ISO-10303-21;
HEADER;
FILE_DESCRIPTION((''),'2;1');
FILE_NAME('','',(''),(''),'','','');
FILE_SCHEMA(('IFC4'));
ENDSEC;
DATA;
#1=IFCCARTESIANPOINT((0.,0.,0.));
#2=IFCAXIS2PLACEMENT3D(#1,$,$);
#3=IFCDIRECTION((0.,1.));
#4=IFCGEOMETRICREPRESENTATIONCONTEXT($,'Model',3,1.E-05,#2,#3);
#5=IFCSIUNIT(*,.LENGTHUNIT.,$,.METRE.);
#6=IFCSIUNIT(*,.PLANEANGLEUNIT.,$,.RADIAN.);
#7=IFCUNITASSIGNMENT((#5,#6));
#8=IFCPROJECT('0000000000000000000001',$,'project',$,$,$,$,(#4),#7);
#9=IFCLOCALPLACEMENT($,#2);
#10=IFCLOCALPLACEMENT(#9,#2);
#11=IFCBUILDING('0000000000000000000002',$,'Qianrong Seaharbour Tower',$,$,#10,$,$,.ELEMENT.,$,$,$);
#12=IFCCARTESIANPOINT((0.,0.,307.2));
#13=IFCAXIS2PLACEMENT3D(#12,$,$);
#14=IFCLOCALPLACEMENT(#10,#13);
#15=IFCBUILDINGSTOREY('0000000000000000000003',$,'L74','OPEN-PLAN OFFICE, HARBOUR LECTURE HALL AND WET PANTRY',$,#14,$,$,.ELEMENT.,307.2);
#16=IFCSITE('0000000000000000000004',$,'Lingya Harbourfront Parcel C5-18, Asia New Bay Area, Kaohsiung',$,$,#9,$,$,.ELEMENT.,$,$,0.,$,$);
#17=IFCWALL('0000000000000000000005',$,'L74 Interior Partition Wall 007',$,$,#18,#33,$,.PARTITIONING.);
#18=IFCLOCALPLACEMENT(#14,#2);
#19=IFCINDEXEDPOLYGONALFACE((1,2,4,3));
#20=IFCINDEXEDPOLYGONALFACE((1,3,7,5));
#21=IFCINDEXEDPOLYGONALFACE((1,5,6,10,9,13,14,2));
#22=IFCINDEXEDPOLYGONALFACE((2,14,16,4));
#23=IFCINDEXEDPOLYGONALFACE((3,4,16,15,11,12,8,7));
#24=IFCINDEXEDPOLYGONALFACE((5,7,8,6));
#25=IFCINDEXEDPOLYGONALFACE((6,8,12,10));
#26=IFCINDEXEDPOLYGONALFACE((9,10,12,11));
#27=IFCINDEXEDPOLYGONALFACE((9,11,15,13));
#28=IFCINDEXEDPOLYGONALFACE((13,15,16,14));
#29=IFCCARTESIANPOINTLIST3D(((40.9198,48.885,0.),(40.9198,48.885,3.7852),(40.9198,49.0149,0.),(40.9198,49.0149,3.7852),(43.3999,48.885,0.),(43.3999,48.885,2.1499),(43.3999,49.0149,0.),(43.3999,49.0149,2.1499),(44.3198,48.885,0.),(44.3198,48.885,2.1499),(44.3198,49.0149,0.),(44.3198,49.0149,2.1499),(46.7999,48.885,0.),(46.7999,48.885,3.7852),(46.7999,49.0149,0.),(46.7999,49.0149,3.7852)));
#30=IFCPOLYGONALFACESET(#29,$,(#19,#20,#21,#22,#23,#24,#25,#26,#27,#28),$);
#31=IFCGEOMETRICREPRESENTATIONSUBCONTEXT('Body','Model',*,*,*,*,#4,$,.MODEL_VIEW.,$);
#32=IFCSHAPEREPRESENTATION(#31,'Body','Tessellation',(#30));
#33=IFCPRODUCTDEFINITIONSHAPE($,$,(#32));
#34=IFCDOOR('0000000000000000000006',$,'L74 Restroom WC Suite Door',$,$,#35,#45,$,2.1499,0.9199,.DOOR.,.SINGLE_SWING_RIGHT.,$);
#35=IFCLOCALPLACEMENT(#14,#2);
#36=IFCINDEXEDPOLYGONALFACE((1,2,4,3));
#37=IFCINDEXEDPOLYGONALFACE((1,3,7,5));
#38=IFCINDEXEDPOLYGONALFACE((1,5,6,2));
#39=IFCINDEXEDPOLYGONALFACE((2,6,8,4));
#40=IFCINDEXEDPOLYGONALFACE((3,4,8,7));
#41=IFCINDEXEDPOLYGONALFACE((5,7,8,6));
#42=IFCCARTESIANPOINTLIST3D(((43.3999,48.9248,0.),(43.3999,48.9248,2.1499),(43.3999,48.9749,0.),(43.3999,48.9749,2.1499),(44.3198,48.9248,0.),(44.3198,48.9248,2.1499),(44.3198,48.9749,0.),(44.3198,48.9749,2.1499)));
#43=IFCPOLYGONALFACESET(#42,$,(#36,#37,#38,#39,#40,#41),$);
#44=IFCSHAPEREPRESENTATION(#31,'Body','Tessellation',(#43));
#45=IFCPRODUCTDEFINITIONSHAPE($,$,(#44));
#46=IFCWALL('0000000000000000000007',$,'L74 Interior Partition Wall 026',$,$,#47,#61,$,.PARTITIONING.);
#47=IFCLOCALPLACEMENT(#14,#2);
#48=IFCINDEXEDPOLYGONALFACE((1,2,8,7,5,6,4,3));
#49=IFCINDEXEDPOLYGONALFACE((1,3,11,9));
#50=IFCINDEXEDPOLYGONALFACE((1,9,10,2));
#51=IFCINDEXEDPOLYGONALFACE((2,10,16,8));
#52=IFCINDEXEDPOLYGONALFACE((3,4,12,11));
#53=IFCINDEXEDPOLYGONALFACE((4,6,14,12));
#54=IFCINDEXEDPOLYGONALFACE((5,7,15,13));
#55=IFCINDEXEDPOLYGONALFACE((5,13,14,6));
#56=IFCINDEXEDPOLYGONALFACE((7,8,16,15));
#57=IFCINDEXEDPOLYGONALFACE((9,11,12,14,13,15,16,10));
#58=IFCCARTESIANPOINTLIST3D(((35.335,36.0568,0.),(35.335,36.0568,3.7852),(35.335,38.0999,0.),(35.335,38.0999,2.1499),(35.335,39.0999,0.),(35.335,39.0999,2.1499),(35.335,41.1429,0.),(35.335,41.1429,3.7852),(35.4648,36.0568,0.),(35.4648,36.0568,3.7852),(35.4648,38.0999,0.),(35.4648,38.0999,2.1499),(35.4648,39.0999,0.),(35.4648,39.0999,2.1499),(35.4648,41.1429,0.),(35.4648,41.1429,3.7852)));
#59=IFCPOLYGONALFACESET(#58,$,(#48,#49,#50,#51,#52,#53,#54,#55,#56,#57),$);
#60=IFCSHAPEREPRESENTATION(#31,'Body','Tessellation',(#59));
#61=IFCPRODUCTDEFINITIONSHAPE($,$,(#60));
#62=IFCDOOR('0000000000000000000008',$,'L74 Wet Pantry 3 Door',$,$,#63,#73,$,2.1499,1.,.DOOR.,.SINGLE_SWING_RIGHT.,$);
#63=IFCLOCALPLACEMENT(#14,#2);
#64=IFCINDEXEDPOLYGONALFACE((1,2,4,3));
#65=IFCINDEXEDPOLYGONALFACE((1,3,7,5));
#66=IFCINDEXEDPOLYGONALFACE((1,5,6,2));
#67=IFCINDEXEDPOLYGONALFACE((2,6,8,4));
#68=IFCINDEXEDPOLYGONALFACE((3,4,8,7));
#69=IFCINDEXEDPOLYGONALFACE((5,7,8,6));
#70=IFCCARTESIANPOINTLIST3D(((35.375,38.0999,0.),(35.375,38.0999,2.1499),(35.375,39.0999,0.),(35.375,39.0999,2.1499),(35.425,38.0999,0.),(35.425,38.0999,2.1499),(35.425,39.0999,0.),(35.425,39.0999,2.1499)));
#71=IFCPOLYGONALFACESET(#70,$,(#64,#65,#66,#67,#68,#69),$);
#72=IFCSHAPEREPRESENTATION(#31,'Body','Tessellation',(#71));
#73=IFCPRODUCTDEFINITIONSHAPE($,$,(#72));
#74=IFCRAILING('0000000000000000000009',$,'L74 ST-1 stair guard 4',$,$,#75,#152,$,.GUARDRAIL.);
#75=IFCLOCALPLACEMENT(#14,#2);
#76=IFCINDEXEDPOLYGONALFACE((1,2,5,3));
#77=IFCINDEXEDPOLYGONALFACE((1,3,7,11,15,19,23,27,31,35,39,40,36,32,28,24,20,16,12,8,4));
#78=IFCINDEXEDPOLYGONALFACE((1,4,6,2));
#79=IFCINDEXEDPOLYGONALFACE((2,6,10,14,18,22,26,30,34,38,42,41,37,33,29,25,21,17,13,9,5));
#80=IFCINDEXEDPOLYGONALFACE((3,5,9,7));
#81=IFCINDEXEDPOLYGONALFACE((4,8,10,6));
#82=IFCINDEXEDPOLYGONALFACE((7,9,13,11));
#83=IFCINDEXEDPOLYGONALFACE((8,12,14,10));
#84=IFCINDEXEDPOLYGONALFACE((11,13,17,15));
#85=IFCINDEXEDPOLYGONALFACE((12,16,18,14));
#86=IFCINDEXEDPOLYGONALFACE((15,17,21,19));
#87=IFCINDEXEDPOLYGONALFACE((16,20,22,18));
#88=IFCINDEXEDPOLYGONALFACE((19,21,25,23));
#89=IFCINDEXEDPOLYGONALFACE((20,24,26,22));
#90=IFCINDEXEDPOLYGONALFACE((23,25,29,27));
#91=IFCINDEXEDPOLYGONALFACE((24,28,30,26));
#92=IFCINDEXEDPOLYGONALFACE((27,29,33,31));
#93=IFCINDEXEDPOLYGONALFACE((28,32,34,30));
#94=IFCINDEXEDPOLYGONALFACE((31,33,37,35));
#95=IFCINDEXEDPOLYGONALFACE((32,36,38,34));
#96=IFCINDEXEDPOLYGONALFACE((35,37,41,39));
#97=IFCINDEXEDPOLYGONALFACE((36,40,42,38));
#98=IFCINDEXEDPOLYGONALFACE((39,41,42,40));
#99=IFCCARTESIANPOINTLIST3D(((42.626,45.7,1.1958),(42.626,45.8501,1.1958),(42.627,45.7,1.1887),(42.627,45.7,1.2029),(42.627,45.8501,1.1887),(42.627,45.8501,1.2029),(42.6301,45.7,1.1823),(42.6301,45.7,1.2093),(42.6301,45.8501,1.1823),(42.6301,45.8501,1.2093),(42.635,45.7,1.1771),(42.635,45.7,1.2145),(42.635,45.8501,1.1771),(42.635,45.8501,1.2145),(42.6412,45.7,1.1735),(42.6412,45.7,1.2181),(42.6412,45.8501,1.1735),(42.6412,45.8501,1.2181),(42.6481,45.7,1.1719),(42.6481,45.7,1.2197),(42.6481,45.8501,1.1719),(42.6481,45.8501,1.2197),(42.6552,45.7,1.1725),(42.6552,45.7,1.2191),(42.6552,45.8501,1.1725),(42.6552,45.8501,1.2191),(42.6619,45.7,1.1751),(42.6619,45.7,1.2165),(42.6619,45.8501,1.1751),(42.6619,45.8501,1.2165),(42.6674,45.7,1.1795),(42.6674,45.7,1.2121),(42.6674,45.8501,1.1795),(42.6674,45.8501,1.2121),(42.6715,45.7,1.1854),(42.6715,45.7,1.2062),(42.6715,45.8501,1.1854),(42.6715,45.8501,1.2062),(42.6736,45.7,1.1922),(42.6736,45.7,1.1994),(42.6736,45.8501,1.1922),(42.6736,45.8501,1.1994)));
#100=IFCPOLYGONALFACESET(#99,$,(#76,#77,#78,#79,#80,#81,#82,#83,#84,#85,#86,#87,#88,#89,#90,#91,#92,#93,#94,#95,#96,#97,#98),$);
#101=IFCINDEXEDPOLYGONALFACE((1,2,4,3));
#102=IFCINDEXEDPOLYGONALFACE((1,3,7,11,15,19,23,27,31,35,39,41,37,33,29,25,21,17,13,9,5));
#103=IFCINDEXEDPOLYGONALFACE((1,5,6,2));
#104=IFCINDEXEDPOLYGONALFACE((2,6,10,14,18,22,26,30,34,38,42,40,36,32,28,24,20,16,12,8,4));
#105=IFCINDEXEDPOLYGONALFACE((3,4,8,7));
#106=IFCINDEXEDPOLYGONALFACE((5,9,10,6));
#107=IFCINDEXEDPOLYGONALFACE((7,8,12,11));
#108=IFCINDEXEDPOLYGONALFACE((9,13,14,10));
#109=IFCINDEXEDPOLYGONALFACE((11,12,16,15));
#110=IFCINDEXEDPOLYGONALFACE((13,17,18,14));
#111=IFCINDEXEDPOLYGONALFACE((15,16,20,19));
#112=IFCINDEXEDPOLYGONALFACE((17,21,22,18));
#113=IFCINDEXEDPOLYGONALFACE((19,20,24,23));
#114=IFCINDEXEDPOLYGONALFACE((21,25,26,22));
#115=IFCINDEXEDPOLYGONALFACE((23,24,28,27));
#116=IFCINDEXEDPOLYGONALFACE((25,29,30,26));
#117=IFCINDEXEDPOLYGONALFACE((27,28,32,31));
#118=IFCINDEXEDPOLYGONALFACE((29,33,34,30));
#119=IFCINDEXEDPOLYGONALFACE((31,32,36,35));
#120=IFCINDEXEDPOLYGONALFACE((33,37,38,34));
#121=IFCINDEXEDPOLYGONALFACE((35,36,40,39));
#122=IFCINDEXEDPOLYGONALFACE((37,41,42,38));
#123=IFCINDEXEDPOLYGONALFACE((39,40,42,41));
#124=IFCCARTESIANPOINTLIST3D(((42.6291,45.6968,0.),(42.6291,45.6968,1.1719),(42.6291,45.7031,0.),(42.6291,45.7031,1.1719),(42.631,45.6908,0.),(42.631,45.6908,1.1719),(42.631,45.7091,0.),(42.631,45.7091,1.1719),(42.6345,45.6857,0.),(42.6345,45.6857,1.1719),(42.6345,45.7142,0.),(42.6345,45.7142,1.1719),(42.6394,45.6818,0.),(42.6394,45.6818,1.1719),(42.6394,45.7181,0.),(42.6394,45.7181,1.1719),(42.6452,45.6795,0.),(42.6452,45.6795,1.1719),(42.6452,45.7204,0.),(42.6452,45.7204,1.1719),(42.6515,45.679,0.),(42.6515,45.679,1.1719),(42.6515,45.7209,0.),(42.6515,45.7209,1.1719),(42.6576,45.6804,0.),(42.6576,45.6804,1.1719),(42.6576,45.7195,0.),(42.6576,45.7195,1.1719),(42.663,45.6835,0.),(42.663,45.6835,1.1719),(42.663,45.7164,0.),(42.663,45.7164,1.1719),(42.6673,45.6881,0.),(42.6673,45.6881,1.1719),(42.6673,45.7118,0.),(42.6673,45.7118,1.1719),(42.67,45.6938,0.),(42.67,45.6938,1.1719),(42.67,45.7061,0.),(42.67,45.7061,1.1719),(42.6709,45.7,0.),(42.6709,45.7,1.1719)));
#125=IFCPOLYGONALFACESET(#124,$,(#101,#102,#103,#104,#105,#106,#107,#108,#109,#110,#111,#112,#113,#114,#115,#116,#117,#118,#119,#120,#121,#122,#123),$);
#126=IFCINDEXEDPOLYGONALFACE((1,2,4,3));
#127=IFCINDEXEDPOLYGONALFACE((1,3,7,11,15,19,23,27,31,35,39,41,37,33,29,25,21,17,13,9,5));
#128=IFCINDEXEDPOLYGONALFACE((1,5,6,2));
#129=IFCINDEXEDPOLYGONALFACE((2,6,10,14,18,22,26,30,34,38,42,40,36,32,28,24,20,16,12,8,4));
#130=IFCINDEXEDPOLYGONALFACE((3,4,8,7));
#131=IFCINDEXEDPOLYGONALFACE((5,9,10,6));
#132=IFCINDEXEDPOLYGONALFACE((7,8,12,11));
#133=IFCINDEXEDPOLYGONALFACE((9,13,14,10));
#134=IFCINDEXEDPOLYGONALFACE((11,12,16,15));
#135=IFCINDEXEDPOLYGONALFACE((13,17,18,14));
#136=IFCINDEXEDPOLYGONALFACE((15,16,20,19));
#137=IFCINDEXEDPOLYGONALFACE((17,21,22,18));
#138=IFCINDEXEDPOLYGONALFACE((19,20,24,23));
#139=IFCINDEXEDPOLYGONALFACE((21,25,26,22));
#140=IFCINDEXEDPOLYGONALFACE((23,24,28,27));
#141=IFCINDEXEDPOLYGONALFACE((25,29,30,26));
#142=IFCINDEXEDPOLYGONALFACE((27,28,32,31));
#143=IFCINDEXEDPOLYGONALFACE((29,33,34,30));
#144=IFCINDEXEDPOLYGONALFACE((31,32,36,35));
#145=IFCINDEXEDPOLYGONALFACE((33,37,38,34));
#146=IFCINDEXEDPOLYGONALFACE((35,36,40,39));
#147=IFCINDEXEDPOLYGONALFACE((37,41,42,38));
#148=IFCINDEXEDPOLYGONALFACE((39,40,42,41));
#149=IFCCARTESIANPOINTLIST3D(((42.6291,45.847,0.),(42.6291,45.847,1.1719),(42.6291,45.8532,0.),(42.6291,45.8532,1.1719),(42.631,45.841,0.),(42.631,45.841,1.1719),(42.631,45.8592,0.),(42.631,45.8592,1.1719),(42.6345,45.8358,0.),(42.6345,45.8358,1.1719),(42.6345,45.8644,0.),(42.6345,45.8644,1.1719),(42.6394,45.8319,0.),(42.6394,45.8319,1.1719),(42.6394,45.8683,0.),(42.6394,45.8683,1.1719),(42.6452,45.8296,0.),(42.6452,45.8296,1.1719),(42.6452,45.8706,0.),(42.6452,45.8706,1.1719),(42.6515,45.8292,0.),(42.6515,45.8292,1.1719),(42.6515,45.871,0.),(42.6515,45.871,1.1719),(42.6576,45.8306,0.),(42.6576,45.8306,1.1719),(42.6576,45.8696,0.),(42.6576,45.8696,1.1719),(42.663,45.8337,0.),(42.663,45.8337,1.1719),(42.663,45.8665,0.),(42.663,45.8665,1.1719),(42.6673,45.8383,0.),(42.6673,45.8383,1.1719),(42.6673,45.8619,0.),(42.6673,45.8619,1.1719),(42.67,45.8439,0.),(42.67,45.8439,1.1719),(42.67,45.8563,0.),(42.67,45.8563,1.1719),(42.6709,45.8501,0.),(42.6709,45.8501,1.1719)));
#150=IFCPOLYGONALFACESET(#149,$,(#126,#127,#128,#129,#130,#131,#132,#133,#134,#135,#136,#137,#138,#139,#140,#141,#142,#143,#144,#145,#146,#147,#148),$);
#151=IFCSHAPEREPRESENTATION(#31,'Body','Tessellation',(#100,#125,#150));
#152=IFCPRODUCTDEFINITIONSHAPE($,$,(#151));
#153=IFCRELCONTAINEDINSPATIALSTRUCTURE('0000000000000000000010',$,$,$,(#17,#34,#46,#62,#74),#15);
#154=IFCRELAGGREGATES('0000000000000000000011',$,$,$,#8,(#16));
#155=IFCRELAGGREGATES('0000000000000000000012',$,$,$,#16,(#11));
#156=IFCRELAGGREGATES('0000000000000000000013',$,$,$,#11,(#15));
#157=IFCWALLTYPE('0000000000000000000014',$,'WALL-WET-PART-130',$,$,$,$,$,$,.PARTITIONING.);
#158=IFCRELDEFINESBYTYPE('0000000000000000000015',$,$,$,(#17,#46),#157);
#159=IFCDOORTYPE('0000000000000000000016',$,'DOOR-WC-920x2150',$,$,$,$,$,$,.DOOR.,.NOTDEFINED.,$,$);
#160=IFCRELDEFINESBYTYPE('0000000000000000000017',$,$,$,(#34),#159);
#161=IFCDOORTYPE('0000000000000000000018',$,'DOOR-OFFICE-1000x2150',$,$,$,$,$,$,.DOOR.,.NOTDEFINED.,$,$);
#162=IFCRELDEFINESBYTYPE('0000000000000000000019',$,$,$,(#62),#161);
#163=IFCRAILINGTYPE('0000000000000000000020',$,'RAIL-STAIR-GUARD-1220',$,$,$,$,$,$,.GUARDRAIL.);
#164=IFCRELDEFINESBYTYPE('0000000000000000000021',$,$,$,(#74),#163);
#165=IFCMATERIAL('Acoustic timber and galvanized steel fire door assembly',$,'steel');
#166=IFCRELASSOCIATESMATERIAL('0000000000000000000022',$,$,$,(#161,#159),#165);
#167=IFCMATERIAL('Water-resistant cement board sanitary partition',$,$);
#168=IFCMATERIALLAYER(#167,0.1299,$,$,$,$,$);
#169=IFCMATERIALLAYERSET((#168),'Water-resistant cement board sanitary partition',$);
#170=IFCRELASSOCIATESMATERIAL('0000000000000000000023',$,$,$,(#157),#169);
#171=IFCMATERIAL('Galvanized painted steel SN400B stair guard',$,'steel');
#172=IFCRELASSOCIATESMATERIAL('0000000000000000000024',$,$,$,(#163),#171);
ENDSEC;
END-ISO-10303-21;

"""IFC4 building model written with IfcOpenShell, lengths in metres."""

from ifc_helpers import new_model, si_unit, direction, frame, frame_2d, origin, origin_2d, place, context, subcontext, project, spatial, rectangle, circle, extrude, material, layer, layer_set, type_object, element, fill, save


model = new_model("IFC4")

# Units and contexts
model_context = context("Model", 3, precision=1e-05, world=origin(), true_north=direction((0.0, 1.0)))
body_context = subcontext(model_context, "Body", "Model", "MODEL_VIEW")
ifc_project = project(units=[si_unit("LENGTHUNIT", "METRE"), si_unit("PLANEANGLEUNIT", "RADIAN")], contexts=[model_context])

# Site, building, storey
site_placement = place(None, origin())
site = spatial("IfcSite", under=ifc_project, at=site_placement, Name="Lingya Harbourfront Parcel C5-18, Asia New Bay Area, Kaohsiung", CompositionType="ELEMENT", RefElevation=0.0)
building_placement = place(site_placement, origin())
building = spatial("IfcBuilding", under=site, at=building_placement, Name="Qianrong Seaharbour Tower", CompositionType="ELEMENT")
storey_placement = place(building_placement, frame((0.0, 0.0, 307.2)))
storey = spatial("IfcBuildingStorey", under=building, at=storey_placement, Name="L74", Description="OPEN-PLAN OFFICE, HARBOUR LECTURE HALL AND WET PANTRY", CompositionType="ELEMENT", Elevation=307.2)

# Shared definitions
ifc_material_1 = material(Name="Acoustic timber and galvanized steel fire door assembly", Category="steel")

# Shared definitions
door_type_1 = type_object("IfcDoorType", Name="DOOR-OFFICE-1000x2150", OperationType="NOTDEFINED", PredefinedType="DOOR", material=ifc_material_1)

# Shared definitions
ifc_material_2 = material(Name="Water-resistant cement board sanitary partition")
ifc_layer_1 = layer(ifc_material_2, 0.1299)
ifc_layer_set_1 = layer_set([ifc_layer_1], Name="Water-resistant cement board sanitary partition")
wall_type_1 = type_object("IfcWallType", Name="WALL-WET-PART-130", PredefinedType="PARTITIONING", material=ifc_layer_set_1)

# Walls, openings, doors
wall_1_placement = place(storey_placement, frame((40.9199, 48.95, 0.0), z_axis=(0.0, 0.0, 1.0), x_axis=(1.0, 0.0, 0.0)))
wall_1 = element("IfcWall", 1, at=wall_1_placement, inside=storey, type_object=wall_type_1, Name="L74 Interior Partition Wall 007", PredefinedType="PARTITIONING", context=body_context, shape_type="SweptSolid", body=[
    extrude(rectangle(XDim=5.8801, YDim=0.1299, at=frame_2d((2.9399, 0.0))), origin(), (0.0, 0.0, 1.0), 3.7852),
])
opening_1_placement = place(wall_1_placement, frame((2.48, 0.0, 0.0)))
opening_1 = element("IfcOpeningElement", 2, at=opening_1_placement, cuts=wall_1, PredefinedType="OPENING", context=body_context, shape_type="SweptSolid", body=[
    extrude(rectangle(XDim=0.9199, YDim=2.1499, at=frame_2d((0.46, 1.075))), frame((0.0, 0.075, 0.0), z_axis=(0.0, -1.0, 0.0), x_axis=(1.0, 0.0, 0.0)), (0.0, 0.0, 1.0), 0.1499),
])
door_type_2 = type_object("IfcDoorType", Name="DOOR-WC-920x2150", OperationType="NOTDEFINED", PredefinedType="DOOR", material=ifc_material_1)
door_1_placement = place(opening_1_placement, origin())
door_1 = element("IfcDoor", 3, at=door_1_placement, inside=storey, type_object=door_type_2, Name="L74 Restroom WC Suite Door", OperationType="SINGLE_SWING_RIGHT", OverallHeight=2.1499, OverallWidth=0.9199, PredefinedType="DOOR", context=body_context, shape_type="SweptSolid", body=[
    extrude(rectangle(XDim=0.9199, YDim=2.1499, at=frame_2d((0.46, 1.075))), frame((0.0, 0.0249, 0.0), z_axis=(0.0, -1.0, 0.0), x_axis=(1.0, 0.0, 0.0)), (0.0, 0.0, 1.0), 0.05),
])
fill(opening_1, door_1)
wall_2_placement = place(storey_placement, frame((35.3999, 36.0569, 0.0), z_axis=(0.0, 0.0, 1.0), x_axis=(0.0, 1.0, 0.0)))
wall_2 = element("IfcWall", 4, at=wall_2_placement, inside=storey, type_object=wall_type_1, Name="L74 Interior Partition Wall 026", PredefinedType="PARTITIONING", context=body_context, shape_type="SweptSolid", body=[
    extrude(rectangle(XDim=5.0862, YDim=0.1299, at=frame_2d((2.543, 0.0))), origin(), (0.0, 0.0, 1.0), 3.7852),
])
opening_2_placement = place(wall_2_placement, frame((2.043, 0.0, 0.0)))
opening_2 = element("IfcOpeningElement", 5, at=opening_2_placement, cuts=wall_2, PredefinedType="OPENING", context=body_context, shape_type="SweptSolid", body=[
    extrude(rectangle(XDim=1.0, YDim=2.1499, at=frame_2d((0.5, 1.075))), frame((0.0, 0.075, 0.0), z_axis=(0.0, -1.0, 0.0), x_axis=(1.0, 0.0, 0.0)), (0.0, 0.0, 1.0), 0.1499),
])
door_2_placement = place(opening_2_placement, origin())
door_2 = element("IfcDoor", 6, at=door_2_placement, inside=storey, type_object=door_type_1, Name="L74 Wet Pantry 3 Door", OperationType="SINGLE_SWING_RIGHT", OverallHeight=2.1499, OverallWidth=1.0, PredefinedType="DOOR", context=body_context, shape_type="SweptSolid", body=[
    extrude(rectangle(XDim=1.0, YDim=2.1499, at=frame_2d((0.5, 1.075))), frame((0.0, 0.0249, 0.0), z_axis=(0.0, -1.0, 0.0), x_axis=(1.0, 0.0, 0.0)), (0.0, 0.0, 1.0), 0.05),
])
fill(opening_2, door_2)

# Railing
ifc_material_3 = material(Name="Galvanized painted steel SN400B stair guard", Category="steel")
railing_type = type_object("IfcRailingType", Name="RAIL-STAIR-GUARD-1220", PredefinedType="GUARDRAIL", material=ifc_material_3)
railing_placement = place(storey_placement, frame((42.6499, 45.7, 0.0)))
element("IfcRailing", 7, at=railing_placement, inside=storey, type_object=railing_type, Name="L74 ST-1 stair guard 4", PredefinedType="GUARDRAIL", context=body_context, shape_type="SweptSolid", body=[
    extrude(circle(Radius=0.0239, at=origin_2d()), frame((0.0, 0.0, 1.1958), z_axis=(0.0, 1.0, 0.0), x_axis=(-1.0, 0.0, 0.0)), (0.0, 0.0, 1.0), 0.1501),
    extrude(circle(Radius=0.021, at=origin_2d()), origin(), (0.0, 0.0, 1.0), 1.1719),
    extrude(circle(Radius=0.021, at=origin_2d()), frame((0.0, 0.1501, 0.0)), (0.0, 0.0, 1.0), 1.1719),
])

save(model, "model.ifc")
